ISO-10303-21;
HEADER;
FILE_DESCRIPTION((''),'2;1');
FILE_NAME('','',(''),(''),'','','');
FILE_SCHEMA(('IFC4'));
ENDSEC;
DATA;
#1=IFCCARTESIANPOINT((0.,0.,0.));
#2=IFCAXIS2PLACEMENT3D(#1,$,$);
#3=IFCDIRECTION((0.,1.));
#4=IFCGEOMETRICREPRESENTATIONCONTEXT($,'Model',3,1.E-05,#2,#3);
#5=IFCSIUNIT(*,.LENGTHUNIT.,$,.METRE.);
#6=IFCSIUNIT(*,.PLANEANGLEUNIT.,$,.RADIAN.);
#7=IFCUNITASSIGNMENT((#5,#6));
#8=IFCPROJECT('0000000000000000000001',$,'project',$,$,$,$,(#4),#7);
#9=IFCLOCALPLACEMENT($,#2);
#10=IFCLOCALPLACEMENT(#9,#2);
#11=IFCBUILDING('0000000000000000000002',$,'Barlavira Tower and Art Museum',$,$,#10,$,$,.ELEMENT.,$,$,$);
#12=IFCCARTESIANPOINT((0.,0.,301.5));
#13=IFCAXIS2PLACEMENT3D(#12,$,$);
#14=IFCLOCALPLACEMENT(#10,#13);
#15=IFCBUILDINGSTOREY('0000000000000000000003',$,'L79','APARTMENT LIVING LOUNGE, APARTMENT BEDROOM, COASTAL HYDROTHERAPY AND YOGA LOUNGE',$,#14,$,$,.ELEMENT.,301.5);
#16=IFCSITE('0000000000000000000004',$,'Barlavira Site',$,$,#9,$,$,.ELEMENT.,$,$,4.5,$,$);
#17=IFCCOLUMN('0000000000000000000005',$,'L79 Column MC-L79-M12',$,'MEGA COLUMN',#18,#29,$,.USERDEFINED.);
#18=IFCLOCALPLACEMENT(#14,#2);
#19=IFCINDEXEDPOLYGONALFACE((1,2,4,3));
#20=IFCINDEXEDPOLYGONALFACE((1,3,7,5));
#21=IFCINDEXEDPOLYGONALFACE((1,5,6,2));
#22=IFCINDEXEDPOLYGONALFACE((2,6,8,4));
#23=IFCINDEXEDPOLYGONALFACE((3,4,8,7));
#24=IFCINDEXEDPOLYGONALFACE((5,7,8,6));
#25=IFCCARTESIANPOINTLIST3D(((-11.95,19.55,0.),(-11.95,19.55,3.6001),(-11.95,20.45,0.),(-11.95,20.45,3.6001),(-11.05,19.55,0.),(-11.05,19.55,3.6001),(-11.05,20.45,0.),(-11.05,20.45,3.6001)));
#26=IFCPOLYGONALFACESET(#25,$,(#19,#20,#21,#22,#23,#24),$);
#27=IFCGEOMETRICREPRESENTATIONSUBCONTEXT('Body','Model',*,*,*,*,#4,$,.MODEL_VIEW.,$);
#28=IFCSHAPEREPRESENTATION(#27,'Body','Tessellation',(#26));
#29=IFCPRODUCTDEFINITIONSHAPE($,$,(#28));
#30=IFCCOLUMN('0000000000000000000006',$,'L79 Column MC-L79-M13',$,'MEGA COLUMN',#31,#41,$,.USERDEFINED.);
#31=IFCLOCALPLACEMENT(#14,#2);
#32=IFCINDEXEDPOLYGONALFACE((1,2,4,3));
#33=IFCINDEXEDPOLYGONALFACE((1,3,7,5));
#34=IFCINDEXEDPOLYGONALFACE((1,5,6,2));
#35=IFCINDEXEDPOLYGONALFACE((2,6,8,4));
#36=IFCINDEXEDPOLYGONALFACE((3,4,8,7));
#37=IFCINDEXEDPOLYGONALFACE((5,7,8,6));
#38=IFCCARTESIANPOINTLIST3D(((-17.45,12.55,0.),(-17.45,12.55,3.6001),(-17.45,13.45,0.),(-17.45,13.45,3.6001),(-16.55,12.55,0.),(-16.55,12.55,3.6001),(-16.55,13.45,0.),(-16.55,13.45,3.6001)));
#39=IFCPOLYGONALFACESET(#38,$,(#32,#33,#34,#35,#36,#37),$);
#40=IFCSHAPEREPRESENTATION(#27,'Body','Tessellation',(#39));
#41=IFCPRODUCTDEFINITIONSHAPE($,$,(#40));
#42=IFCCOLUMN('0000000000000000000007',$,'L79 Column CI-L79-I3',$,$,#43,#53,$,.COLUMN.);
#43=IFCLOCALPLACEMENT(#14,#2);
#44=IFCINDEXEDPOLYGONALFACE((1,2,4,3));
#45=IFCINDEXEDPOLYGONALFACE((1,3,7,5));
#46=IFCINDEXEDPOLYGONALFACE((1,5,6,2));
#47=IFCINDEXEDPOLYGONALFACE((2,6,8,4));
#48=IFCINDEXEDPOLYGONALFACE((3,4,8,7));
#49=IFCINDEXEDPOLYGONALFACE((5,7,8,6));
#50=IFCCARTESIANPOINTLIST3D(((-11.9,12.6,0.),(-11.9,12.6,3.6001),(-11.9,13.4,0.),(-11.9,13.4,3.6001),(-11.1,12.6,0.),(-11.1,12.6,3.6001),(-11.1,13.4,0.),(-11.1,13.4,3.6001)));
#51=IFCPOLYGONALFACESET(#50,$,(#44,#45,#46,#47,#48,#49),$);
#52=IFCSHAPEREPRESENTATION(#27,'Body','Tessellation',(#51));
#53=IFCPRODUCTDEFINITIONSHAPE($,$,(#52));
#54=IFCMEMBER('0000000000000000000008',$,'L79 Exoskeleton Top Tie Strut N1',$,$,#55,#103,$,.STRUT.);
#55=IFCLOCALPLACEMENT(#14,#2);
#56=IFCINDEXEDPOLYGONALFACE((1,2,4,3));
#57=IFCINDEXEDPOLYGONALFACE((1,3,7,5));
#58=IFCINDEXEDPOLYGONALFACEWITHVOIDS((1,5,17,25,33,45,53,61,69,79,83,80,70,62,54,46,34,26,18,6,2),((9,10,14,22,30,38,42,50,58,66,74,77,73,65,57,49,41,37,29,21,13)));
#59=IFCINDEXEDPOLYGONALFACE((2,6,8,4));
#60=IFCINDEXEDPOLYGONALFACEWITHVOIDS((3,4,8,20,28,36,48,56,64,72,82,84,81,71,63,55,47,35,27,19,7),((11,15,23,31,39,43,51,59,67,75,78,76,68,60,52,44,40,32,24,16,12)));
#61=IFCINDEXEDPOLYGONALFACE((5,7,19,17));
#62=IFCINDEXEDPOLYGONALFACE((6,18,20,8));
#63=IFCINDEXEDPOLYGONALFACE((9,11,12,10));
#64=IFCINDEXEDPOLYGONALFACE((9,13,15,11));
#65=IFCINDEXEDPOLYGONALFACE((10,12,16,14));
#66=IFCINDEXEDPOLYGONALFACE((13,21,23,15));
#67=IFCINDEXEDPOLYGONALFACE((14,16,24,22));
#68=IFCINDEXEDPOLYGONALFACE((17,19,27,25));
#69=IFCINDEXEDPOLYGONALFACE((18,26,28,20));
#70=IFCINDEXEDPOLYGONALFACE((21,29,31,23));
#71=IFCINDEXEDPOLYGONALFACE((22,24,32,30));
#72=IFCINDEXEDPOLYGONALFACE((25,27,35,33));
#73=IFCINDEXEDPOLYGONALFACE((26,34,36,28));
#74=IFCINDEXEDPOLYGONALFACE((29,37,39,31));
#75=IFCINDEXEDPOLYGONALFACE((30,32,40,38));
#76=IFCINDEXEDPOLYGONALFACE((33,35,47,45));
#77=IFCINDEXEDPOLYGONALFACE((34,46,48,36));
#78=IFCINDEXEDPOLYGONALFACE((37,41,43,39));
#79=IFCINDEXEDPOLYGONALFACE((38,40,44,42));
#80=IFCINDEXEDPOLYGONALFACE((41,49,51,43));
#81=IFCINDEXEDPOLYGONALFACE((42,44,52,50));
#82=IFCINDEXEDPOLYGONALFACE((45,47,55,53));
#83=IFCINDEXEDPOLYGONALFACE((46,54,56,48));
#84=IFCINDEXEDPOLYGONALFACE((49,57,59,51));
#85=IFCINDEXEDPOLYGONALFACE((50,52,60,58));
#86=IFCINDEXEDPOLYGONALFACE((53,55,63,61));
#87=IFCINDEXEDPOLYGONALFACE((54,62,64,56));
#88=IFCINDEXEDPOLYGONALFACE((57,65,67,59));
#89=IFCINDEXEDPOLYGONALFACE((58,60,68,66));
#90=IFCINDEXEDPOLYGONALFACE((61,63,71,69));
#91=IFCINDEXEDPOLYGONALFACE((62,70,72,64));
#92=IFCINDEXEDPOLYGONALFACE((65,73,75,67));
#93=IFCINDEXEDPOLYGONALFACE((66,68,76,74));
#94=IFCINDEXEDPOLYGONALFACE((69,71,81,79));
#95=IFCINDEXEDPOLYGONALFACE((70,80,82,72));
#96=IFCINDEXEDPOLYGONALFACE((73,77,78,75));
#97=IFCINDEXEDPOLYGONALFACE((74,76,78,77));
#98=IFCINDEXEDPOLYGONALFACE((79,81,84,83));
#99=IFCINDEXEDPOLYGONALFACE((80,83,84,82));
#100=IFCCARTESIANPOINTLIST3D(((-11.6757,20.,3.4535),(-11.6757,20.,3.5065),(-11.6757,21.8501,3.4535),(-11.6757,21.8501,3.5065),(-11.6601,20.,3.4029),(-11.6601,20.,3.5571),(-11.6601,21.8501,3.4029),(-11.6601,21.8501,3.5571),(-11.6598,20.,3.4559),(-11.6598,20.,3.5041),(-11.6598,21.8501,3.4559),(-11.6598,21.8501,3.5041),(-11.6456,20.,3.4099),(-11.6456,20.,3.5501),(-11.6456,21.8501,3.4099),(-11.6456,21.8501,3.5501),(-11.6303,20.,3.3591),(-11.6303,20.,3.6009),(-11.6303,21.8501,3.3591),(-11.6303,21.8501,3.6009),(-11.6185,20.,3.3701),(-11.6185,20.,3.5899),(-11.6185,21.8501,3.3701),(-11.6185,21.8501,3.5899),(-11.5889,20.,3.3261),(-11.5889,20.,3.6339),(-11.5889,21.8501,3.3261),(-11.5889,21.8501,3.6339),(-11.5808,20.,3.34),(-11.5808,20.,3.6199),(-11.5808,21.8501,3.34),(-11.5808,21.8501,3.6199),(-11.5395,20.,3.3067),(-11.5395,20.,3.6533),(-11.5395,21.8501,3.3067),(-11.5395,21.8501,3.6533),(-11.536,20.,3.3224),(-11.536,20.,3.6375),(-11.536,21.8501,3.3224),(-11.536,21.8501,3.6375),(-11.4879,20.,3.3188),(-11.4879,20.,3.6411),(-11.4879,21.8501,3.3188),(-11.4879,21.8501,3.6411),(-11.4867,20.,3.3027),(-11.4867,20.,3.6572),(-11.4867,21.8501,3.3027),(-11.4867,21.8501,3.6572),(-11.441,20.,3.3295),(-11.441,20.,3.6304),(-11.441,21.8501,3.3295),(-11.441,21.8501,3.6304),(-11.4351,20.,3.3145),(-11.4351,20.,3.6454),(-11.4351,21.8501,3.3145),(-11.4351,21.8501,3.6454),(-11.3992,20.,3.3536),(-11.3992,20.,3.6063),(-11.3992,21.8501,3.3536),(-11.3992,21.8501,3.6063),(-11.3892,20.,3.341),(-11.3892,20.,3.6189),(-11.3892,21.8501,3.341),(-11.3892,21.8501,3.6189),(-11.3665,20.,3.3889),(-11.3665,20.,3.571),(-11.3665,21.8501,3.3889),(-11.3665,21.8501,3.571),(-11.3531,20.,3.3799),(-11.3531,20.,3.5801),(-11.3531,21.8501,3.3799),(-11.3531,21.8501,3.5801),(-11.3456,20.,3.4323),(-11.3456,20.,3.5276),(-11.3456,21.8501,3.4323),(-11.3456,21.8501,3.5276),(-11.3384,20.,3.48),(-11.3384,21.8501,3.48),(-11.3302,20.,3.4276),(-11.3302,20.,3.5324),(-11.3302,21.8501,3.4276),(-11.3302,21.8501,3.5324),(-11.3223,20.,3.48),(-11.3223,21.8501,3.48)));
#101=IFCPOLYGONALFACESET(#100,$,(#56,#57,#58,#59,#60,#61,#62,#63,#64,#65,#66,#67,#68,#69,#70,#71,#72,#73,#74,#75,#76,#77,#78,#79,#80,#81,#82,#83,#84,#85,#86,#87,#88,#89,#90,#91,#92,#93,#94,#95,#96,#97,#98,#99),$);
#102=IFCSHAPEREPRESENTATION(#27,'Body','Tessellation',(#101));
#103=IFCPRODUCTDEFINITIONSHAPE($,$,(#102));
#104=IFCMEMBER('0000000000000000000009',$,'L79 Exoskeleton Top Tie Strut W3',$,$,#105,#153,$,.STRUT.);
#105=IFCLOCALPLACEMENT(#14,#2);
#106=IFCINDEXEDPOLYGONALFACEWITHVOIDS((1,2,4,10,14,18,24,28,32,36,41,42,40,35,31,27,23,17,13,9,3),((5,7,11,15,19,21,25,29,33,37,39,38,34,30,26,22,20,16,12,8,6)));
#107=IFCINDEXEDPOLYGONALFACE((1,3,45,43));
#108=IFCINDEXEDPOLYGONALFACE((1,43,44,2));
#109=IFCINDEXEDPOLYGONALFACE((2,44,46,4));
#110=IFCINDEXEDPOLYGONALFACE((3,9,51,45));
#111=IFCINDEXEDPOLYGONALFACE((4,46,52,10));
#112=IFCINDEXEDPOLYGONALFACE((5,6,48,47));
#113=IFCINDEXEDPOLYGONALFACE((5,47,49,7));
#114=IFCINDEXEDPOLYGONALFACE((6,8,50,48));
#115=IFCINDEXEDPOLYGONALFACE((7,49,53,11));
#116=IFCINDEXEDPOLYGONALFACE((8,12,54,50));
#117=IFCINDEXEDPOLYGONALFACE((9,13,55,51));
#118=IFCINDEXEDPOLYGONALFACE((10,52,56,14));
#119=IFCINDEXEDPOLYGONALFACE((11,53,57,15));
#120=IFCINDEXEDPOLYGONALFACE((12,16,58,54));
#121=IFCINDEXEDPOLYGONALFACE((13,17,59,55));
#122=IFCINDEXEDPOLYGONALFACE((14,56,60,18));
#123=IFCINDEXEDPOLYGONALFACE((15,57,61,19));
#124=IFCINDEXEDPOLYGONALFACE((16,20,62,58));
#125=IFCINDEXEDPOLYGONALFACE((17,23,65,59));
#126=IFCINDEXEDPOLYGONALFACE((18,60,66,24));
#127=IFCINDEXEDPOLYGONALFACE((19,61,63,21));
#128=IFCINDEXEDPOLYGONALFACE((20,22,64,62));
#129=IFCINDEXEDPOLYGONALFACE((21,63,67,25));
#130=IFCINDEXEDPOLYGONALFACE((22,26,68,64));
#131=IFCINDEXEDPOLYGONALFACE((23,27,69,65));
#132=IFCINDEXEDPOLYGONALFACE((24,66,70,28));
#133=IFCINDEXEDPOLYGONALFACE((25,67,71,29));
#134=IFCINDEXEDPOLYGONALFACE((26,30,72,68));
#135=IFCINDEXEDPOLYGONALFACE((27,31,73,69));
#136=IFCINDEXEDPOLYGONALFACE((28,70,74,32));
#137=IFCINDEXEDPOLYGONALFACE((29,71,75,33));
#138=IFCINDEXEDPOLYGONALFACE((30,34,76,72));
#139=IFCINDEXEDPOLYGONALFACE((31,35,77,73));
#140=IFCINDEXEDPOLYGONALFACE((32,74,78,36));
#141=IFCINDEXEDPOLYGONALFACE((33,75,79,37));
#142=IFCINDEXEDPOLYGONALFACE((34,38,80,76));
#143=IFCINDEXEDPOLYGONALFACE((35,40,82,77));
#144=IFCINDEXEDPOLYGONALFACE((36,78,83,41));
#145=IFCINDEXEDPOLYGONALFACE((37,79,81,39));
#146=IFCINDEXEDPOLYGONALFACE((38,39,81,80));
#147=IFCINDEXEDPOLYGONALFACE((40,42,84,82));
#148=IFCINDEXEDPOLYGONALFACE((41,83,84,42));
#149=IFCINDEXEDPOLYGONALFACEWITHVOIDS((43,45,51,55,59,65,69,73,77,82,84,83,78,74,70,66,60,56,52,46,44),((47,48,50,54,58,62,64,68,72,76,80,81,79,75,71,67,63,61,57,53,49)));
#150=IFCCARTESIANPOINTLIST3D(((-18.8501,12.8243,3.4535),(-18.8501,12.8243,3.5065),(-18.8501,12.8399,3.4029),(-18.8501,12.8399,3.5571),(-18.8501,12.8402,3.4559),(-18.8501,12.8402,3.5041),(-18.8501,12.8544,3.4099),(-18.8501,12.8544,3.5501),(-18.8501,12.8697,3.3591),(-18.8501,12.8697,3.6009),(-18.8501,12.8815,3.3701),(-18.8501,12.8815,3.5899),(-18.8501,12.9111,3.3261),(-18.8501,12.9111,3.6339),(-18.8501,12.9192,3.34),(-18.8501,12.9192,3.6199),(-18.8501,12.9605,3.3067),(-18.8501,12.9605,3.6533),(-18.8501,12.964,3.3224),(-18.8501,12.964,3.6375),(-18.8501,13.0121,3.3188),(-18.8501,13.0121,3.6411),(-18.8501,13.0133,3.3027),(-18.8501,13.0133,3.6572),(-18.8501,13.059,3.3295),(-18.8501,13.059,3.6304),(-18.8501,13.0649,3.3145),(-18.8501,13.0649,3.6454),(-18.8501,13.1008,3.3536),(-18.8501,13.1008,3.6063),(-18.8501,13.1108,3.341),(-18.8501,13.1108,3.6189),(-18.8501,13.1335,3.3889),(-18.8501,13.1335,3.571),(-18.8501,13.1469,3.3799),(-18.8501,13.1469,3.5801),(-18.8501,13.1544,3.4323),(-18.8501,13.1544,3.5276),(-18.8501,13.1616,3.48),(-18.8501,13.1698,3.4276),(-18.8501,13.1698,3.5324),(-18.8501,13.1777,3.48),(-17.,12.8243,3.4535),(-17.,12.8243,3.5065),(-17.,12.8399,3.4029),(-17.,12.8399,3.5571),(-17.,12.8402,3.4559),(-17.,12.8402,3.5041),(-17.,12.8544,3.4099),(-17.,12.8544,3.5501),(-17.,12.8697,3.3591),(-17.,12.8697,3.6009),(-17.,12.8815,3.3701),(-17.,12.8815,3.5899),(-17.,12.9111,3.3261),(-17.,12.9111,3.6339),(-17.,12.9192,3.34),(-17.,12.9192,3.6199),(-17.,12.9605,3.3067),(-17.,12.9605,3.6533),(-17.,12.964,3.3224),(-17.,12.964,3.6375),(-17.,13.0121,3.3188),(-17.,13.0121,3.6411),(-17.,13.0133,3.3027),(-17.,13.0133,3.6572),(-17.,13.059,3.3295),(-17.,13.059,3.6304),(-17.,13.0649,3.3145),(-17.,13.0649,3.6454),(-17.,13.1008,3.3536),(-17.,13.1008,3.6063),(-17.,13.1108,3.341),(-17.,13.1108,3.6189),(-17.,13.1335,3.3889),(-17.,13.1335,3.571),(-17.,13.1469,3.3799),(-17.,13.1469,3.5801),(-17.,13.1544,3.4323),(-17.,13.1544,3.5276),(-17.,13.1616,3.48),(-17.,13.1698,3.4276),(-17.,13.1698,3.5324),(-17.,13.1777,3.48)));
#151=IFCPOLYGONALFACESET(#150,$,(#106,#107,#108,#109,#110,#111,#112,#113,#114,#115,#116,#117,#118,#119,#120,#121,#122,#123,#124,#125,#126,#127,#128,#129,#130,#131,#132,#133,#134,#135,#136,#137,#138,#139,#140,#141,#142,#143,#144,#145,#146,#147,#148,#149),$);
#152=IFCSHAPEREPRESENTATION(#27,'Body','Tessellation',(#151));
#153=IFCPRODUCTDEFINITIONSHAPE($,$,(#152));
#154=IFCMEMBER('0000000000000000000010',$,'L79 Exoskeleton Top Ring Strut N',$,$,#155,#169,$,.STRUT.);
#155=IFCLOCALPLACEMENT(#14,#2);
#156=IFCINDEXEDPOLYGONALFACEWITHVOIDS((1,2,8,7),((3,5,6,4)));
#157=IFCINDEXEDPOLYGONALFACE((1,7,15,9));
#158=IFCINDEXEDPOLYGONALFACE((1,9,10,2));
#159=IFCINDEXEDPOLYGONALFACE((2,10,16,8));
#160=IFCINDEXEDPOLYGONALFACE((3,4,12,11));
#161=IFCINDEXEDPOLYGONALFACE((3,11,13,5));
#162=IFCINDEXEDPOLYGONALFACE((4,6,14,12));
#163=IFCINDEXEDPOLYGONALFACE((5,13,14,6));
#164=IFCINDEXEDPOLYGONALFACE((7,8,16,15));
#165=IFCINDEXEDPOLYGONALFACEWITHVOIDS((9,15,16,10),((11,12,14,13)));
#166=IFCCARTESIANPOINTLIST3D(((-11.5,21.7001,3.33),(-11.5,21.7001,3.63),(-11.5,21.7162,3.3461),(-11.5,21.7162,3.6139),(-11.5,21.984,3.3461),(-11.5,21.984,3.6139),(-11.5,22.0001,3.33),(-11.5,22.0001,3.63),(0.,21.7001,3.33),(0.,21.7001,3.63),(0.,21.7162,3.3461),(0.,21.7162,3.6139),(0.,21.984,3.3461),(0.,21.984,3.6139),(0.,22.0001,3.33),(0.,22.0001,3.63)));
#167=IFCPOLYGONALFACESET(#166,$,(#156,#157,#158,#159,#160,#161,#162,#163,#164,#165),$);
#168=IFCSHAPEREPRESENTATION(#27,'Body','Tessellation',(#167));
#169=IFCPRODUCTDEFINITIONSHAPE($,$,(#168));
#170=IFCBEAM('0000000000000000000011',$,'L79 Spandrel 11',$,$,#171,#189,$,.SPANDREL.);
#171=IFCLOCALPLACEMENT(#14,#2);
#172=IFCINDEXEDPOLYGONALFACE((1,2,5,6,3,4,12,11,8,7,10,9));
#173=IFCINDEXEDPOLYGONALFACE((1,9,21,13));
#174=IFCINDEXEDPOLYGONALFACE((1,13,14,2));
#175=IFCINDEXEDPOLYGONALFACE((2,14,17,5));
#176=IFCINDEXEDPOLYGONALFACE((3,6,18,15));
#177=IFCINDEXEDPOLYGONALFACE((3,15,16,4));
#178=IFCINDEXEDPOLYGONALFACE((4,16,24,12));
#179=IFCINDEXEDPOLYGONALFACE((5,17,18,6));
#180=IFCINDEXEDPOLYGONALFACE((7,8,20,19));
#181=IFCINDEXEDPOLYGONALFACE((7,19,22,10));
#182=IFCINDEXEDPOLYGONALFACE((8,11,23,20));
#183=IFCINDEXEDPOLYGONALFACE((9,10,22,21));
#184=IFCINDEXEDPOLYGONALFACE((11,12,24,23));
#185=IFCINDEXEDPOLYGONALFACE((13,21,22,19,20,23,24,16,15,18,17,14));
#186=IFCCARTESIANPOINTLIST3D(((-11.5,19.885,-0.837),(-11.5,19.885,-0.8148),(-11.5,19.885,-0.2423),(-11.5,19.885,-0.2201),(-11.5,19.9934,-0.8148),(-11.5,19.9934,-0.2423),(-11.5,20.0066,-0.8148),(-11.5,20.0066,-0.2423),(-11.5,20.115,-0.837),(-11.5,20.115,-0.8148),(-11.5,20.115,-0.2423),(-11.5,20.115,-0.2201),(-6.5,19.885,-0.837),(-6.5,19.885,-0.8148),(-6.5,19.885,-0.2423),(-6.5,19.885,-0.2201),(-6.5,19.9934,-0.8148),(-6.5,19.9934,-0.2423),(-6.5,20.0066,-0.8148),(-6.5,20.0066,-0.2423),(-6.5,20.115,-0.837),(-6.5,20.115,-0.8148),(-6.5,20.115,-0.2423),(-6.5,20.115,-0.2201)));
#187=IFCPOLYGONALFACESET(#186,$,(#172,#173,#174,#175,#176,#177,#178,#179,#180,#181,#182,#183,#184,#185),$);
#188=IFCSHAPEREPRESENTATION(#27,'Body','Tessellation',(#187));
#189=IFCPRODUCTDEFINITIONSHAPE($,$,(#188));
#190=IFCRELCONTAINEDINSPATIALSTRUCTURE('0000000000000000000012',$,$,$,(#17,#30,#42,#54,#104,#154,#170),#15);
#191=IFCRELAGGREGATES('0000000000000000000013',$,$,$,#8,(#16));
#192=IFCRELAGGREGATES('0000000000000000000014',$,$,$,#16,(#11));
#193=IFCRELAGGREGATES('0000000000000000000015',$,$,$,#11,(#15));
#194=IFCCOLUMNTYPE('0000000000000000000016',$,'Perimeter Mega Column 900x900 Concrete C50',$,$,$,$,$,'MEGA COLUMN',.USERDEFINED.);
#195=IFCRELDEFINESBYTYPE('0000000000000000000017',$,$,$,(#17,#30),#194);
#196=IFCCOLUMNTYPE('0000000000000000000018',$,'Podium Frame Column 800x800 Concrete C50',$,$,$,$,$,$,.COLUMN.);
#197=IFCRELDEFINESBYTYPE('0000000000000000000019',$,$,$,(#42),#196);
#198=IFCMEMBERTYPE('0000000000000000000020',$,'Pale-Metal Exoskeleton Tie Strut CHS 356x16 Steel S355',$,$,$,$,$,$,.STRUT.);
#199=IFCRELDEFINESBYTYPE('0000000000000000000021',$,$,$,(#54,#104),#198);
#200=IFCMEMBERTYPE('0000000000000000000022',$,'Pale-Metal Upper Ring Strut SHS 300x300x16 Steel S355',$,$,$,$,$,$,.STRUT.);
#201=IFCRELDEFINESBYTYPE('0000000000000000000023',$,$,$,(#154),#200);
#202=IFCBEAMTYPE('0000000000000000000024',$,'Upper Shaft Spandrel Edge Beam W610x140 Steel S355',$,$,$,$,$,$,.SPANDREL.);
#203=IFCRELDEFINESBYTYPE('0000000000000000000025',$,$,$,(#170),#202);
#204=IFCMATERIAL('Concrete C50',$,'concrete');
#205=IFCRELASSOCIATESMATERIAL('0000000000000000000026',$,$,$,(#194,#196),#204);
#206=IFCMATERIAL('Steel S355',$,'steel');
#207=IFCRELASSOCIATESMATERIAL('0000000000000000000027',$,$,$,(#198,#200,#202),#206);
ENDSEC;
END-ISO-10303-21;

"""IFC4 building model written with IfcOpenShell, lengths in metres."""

from ifc_helpers import new_model, si_unit, direction, frame, origin, origin_2d, place, context, subcontext, project, spatial, rectangle, hollow_rectangle, hollow_circle, i_section, extrude, material, material_profile, profile_set, type_object, element, save


model = new_model("IFC4")

# Units and contexts
model_context = context("Model", 3, precision=1e-05, world=origin(), true_north=direction((0.0, 1.0)))
body_context = subcontext(model_context, "Body", "Model", "MODEL_VIEW")
ifc_project = project(units=[si_unit("LENGTHUNIT", "METRE"), si_unit("PLANEANGLEUNIT", "RADIAN")], contexts=[model_context])

# Site, building, storey
site_placement = place(None, origin())
site = spatial("IfcSite", under=ifc_project, at=site_placement, Name="Barlavira Site", CompositionType="ELEMENT", RefElevation=4.5)
building_placement = place(site_placement, origin())
building = spatial("IfcBuilding", under=site, at=building_placement, Name="Barlavira Tower and Art Museum", CompositionType="ELEMENT")
storey_placement = place(building_placement, frame((0.0, 0.0, 301.5)))
storey = spatial("IfcBuildingStorey", under=building, at=storey_placement, Name="L79", Description="APARTMENT LIVING LOUNGE, APARTMENT BEDROOM, COASTAL HYDROTHERAPY AND YOGA LOUNGE", CompositionType="ELEMENT", Elevation=301.5)

# Columns
ifc_material_1 = material(Name="Concrete C50", Category="concrete")
ifc_material_profile_1 = material_profile(ifc_material_1, rectangle(XDim=0.8999, YDim=0.8999, at=origin_2d()), Name="RC-COL 900x900")
ifc_profile_set_1 = profile_set([ifc_material_profile_1], Name="Concrete C50")
column_type_1 = type_object("IfcColumnType", Name="Perimeter Mega Column 900x900 Concrete C50", ElementType="MEGA COLUMN", PredefinedType="USERDEFINED", material=ifc_profile_set_1)
for number, where, z_axis, x_axis, name in (
    (1, (-11.5, 20.0, 0.0), (0.0, 0.0, 1.0), (1.0, 0.0, 0.0), "L79 Column MC-L79-M12"),
    (2, (-17.0, 13.0, 0.0), (0.0, 0.0, 1.0), (1.0, 0.0, 0.0), "L79 Column MC-L79-M13"),
):
    element("IfcColumn", number, at=place(storey_placement, frame(where, z_axis=z_axis, x_axis=x_axis)), inside=storey, type_object=column_type_1, Name=name, ObjectType="MEGA COLUMN", PredefinedType="USERDEFINED", context=body_context, shape_type="SweptSolid", body=[
        extrude(rectangle(XDim=0.8999, YDim=0.8999, at=origin_2d()), origin(), (0.0, 0.0, 1.0), 3.6001),
    ])
ifc_material_profile_2 = material_profile(ifc_material_1, rectangle(XDim=0.8, YDim=0.8, at=origin_2d()), Name="RC-COL 800x800")
ifc_profile_set_2 = profile_set([ifc_material_profile_2], Name="Concrete C50")
column_type_2 = type_object("IfcColumnType", Name="Podium Frame Column 800x800 Concrete C50", PredefinedType="COLUMN", material=ifc_profile_set_2)
column_placement = place(storey_placement, frame((-11.5, 13.0, 0.0), z_axis=(0.0, 0.0, 1.0), x_axis=(1.0, 0.0, 0.0)))
element("IfcColumn", 3, at=column_placement, inside=storey, type_object=column_type_2, Name="L79 Column CI-L79-I3", PredefinedType="COLUMN", context=body_context, shape_type="SweptSolid", body=[
    extrude(rectangle(XDim=0.8, YDim=0.8, at=origin_2d()), origin(), (0.0, 0.0, 1.0), 3.6001),
])

# Members
ifc_material_2 = material(Name="Steel S355", Category="steel")
ifc_material_profile_3 = material_profile(ifc_material_2, hollow_circle(Radius=0.1777, WallThickness=0.0161, at=origin_2d()), Name="CHS 355.6x16.0")
ifc_profile_set_3 = profile_set([ifc_material_profile_3], Name="Steel S355")
member_type_1 = type_object("IfcMemberType", Name="Pale-Metal Exoskeleton Tie Strut CHS 356x16 Steel S355", PredefinedType="STRUT", material=ifc_profile_set_3)
for number, where, z_axis, x_axis, name in (
    (4, (-11.5, 21.8501, 3.48), (0.0, -1.0, 0.0), (1.0, 0.0, 0.0), "L79 Exoskeleton Top Tie Strut N1"),
    (5, (-18.8501, 13.0, 3.48), (1.0, 0.0, 0.0), (0.0, 1.0, 0.0), "L79 Exoskeleton Top Tie Strut W3"),
):
    element("IfcMember", number, at=place(storey_placement, frame(where, z_axis=z_axis, x_axis=x_axis)), inside=storey, type_object=member_type_1, Name=name, PredefinedType="STRUT", context=body_context, shape_type="SweptSolid", body=[
        extrude(hollow_circle(Radius=0.1777, WallThickness=0.0161, at=origin_2d()), origin(), (0.0, 0.0, 1.0), 1.8501),
    ])
ifc_material_profile_4 = material_profile(ifc_material_2, hollow_rectangle(XDim=0.3, YDim=0.3, WallThickness=0.0161, at=origin_2d()), Name="SHS 300x300x16.0")
ifc_profile_set_4 = profile_set([ifc_material_profile_4], Name="Steel S355")
member_type_2 = type_object("IfcMemberType", Name="Pale-Metal Upper Ring Strut SHS 300x300x16 Steel S355", PredefinedType="STRUT", material=ifc_profile_set_4)
member_placement = place(storey_placement, frame((-11.5, 21.8501, 3.48), z_axis=(1.0, 0.0, 0.0), x_axis=(0.0, 1.0, 0.0)))
element("IfcMember", 6, at=member_placement, inside=storey, type_object=member_type_2, Name="L79 Exoskeleton Top Ring Strut N", PredefinedType="STRUT", context=body_context, shape_type="SweptSolid", body=[
    extrude(hollow_rectangle(XDim=0.3, YDim=0.3, WallThickness=0.0161, at=origin_2d()), origin(), (0.0, 0.0, 1.0), 11.5),
])

# Beam
ifc_material_profile_5 = material_profile(ifc_material_2, i_section(OverallWidth=0.23, OverallDepth=0.6169, WebThickness=0.0132, FlangeThickness=0.0222, at=origin_2d()), Name="W610x140.0")
ifc_profile_set_5 = profile_set([ifc_material_profile_5], Name="Steel S355")
beam_type_1 = type_object("IfcBeamType", Name="Upper Shaft Spandrel Edge Beam W610x140 Steel S355", PredefinedType="SPANDREL", material=ifc_profile_set_5)
beam_1_placement = place(storey_placement, frame((-11.5, 20.0, -0.5286), z_axis=(1.0, 0.0, 0.0), x_axis=(0.0, 1.0, 0.0)))
element("IfcBeam", 7, at=beam_1_placement, inside=storey, type_object=beam_type_1, Name="L79 Spandrel 11", PredefinedType="SPANDREL", context=body_context, shape_type="SweptSolid", body=[
    extrude(i_section(OverallWidth=0.23, OverallDepth=0.6169, WebThickness=0.0132, FlangeThickness=0.0222, at=origin_2d()), origin(), (0.0, 0.0, 1.0), 5.0),
])

save(model, "model.ifc")
